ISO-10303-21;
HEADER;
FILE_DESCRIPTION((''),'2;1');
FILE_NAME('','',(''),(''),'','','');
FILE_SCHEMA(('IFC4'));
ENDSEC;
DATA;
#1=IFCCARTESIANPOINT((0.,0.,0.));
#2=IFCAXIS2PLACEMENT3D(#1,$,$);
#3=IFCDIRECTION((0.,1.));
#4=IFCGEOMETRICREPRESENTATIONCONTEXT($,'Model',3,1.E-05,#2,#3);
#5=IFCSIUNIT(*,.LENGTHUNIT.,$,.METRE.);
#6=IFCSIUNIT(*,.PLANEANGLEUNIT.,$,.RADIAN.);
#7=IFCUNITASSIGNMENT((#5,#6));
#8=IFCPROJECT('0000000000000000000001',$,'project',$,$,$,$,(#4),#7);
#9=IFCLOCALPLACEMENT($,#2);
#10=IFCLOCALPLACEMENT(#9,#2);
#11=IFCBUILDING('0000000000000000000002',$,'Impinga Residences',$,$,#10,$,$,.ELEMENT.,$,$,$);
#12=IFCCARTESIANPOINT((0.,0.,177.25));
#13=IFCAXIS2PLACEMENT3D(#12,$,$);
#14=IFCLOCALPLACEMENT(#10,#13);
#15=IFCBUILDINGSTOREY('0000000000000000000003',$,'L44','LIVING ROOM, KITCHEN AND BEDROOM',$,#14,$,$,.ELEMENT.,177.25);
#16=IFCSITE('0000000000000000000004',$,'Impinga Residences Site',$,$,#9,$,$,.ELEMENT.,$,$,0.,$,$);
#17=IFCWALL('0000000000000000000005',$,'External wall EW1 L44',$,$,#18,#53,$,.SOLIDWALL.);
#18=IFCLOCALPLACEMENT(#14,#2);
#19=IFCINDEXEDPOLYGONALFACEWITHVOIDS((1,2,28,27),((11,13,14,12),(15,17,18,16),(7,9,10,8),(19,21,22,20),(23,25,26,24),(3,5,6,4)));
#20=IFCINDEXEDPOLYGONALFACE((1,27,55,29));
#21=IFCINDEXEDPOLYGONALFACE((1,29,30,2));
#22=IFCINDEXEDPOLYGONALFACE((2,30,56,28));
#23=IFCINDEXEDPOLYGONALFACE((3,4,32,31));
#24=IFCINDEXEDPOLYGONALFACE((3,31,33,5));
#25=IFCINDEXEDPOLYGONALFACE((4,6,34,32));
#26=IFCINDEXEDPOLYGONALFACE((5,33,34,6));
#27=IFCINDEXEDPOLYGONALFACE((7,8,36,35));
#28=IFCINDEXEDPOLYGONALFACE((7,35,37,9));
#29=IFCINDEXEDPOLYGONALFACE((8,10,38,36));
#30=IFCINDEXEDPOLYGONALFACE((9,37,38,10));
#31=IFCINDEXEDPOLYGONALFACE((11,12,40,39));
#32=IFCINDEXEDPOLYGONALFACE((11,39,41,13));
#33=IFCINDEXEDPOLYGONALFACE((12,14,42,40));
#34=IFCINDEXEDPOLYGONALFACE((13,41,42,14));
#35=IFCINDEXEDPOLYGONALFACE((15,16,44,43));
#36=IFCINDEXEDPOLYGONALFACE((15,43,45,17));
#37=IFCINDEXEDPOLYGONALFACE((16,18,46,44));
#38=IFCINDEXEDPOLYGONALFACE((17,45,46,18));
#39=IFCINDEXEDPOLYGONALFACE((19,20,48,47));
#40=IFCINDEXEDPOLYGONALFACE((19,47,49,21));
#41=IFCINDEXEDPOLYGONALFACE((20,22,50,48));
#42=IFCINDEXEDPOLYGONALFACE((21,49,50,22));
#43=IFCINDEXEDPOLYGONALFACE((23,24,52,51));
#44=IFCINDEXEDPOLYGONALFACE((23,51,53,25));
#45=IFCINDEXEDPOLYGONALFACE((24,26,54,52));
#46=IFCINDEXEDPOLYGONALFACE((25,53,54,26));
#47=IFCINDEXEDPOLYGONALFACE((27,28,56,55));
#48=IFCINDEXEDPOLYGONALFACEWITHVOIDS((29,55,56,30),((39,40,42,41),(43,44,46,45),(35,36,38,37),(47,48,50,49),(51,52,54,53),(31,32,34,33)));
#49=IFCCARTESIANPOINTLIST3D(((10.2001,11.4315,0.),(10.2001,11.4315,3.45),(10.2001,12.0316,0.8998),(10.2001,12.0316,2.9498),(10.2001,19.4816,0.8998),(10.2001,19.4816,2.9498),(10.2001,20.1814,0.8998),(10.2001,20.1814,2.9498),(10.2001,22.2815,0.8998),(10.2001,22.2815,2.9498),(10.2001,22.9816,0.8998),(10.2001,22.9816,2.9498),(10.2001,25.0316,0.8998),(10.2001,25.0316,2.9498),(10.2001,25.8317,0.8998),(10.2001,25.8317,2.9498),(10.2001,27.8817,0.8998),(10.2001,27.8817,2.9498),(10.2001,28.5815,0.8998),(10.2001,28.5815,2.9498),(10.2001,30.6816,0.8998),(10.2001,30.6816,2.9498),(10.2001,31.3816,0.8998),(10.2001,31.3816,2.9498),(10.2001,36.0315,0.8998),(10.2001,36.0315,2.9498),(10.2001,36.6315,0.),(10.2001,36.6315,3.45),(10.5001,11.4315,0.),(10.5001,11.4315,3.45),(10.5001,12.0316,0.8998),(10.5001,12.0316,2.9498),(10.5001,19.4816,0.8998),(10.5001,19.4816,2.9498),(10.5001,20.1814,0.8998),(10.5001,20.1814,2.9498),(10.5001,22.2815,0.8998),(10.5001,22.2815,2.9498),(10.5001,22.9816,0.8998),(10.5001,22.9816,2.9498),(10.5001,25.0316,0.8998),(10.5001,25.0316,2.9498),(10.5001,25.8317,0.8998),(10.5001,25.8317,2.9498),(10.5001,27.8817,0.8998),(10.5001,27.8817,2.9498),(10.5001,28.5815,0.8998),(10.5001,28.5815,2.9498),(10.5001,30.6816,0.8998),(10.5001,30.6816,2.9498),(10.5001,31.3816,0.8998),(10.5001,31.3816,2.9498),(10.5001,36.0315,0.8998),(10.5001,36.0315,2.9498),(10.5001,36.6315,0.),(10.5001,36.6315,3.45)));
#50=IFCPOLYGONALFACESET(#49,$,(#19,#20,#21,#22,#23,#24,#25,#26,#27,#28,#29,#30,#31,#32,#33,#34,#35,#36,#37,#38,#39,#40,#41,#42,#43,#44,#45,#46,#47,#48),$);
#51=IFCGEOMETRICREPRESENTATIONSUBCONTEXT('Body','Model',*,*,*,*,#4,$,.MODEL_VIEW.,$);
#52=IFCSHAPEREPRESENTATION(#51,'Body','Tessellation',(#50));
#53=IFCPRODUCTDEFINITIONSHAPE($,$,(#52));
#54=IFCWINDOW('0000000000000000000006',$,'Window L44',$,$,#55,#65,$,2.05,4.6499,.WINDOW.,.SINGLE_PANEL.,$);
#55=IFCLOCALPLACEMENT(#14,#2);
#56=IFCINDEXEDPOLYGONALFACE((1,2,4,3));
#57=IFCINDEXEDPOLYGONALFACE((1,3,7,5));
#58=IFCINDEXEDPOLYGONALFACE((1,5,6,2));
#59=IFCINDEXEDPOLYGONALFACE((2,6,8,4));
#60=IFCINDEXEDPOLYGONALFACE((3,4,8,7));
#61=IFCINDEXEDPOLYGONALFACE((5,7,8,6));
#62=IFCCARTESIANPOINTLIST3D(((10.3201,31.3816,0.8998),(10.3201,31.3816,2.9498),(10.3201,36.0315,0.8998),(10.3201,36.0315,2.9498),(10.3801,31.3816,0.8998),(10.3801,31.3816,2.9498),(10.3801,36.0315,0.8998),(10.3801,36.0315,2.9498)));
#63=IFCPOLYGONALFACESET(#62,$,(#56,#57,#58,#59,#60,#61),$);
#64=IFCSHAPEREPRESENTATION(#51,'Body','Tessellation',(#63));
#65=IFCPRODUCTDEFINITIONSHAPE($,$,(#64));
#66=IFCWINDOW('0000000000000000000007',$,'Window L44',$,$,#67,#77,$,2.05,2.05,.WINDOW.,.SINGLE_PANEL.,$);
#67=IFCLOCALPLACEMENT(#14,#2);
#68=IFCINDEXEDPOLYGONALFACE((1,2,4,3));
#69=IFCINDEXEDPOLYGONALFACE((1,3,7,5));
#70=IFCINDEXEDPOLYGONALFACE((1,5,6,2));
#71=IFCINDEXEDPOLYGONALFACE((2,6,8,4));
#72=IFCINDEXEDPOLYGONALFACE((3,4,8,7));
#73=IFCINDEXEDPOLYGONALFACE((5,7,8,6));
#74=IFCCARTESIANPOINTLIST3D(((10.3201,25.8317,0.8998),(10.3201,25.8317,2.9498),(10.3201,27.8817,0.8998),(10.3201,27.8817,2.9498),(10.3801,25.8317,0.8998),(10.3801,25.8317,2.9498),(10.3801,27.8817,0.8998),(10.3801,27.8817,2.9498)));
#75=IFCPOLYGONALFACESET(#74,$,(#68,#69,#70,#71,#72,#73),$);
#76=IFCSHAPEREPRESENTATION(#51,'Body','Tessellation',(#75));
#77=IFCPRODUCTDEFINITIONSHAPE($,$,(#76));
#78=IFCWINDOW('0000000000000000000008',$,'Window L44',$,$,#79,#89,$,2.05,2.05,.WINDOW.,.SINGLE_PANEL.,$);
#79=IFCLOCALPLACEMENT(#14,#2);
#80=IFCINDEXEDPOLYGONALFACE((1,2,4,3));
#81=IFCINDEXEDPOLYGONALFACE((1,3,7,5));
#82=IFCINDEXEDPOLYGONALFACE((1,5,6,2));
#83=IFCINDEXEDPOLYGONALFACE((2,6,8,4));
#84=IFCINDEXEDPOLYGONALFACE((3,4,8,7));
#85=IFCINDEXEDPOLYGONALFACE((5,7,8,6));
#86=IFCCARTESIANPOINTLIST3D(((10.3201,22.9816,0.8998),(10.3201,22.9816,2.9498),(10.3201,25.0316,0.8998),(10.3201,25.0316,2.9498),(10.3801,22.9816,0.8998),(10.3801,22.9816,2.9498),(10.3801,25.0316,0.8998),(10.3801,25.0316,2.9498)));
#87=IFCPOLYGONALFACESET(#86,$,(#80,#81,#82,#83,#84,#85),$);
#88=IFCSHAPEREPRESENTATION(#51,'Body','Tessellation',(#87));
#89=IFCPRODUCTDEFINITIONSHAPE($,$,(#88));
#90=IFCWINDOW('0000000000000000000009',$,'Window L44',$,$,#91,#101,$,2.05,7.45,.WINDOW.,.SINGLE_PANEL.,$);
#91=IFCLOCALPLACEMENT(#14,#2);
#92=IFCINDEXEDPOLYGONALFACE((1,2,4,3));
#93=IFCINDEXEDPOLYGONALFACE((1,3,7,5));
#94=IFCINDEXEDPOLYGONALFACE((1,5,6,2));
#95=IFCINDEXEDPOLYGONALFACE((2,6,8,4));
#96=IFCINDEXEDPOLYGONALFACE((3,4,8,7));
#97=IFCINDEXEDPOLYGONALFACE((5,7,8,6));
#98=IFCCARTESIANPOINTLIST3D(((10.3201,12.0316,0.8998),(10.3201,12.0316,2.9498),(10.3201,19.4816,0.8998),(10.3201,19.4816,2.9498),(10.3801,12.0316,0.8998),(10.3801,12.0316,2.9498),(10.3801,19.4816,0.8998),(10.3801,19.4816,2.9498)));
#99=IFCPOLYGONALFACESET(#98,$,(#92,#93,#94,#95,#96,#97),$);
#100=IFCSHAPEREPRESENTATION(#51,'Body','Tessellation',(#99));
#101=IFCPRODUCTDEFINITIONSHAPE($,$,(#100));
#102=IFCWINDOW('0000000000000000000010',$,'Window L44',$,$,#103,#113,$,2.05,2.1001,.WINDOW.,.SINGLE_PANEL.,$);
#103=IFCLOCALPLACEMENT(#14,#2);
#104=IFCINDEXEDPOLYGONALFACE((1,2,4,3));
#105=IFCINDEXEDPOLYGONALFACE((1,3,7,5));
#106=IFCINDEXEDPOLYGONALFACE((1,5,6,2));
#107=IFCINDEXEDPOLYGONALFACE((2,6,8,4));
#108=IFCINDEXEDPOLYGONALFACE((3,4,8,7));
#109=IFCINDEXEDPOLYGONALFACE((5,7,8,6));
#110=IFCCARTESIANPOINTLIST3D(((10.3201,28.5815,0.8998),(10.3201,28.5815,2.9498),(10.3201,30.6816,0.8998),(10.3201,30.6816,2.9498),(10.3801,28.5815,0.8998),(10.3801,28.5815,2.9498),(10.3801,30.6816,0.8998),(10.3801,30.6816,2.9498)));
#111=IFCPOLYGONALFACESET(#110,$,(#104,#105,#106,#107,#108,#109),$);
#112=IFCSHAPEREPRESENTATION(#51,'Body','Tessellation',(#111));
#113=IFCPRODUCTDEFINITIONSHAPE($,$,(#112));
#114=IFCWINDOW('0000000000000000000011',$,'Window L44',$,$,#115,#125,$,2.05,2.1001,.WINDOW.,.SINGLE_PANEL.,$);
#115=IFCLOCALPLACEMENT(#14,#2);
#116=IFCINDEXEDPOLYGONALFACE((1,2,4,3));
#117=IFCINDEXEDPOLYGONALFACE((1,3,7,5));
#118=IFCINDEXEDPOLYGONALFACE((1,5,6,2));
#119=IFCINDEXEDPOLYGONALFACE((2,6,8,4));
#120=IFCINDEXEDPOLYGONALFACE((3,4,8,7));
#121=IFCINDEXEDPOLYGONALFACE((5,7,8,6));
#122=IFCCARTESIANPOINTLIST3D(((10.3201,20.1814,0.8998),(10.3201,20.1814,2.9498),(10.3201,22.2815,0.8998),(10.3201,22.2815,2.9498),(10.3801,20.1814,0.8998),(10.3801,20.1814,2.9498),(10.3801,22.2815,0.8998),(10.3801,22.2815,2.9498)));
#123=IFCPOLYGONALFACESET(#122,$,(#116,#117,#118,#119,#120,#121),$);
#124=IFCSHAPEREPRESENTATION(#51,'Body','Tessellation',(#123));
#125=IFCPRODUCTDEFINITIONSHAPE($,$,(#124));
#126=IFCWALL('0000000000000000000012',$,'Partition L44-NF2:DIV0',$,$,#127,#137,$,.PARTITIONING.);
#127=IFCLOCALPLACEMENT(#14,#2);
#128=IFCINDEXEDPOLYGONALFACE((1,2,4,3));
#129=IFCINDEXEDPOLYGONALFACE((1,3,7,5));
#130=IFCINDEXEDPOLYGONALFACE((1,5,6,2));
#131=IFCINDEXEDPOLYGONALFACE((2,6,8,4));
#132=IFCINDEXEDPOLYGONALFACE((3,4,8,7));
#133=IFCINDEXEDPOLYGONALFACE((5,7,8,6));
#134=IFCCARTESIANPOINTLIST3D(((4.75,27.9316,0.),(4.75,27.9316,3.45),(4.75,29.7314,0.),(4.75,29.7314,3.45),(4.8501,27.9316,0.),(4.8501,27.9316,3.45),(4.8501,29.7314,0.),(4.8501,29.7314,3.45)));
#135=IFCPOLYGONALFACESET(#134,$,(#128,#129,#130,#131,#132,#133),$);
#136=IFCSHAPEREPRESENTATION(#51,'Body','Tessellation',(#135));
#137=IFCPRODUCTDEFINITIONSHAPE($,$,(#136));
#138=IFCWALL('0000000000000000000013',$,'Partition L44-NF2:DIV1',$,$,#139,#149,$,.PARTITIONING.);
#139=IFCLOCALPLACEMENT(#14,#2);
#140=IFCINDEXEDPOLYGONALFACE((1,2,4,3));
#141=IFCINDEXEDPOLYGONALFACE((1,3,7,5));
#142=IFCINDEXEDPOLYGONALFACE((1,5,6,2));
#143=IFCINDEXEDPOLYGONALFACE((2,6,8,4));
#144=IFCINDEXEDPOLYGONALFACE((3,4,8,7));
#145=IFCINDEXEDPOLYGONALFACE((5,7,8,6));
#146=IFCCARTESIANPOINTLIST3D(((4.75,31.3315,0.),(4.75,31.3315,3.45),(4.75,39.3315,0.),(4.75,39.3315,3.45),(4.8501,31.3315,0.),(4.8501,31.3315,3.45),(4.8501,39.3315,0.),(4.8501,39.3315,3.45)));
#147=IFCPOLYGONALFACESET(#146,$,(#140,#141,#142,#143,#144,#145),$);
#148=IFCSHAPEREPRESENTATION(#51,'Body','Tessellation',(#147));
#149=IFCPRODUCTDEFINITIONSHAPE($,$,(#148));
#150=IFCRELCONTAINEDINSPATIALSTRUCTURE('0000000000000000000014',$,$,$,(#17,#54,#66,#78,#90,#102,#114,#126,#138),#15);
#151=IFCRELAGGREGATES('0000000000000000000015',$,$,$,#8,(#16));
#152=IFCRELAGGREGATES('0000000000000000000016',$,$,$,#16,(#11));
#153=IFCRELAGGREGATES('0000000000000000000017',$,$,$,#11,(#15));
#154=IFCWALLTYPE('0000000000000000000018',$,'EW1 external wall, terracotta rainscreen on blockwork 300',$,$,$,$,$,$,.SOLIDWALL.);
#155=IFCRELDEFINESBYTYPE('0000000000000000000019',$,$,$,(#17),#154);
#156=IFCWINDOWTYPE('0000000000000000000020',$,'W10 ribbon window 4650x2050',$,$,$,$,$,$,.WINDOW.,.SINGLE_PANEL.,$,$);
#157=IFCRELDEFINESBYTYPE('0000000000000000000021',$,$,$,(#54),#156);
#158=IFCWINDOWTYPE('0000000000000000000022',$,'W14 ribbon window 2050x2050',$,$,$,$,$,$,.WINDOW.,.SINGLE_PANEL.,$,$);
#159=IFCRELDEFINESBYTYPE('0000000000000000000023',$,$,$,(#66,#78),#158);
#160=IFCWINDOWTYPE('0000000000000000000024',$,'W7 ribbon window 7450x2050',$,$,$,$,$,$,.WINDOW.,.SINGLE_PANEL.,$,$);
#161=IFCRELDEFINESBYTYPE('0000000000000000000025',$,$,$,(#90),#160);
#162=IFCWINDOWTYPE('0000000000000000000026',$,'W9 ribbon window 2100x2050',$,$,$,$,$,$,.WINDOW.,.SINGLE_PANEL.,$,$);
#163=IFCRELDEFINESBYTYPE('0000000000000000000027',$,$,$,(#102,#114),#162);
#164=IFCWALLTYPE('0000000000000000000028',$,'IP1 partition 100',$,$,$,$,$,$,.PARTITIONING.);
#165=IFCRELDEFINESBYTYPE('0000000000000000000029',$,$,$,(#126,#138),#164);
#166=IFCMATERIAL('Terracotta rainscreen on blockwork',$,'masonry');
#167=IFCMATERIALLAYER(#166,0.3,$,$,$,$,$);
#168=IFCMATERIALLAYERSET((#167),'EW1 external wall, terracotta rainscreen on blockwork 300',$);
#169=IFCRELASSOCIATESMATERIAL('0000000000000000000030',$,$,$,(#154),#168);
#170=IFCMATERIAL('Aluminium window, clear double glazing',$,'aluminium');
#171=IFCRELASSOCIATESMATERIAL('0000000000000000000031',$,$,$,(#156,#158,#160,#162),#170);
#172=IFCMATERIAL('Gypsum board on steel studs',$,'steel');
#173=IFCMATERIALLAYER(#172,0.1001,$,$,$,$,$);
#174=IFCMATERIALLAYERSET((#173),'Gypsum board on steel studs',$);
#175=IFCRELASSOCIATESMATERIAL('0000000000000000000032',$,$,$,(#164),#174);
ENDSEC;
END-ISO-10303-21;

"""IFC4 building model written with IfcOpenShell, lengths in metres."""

from ifc_helpers import new_model, si_unit, direction, frame, frame_2d, origin, place, context, subcontext, project, spatial, rectangle, extrude, material, layer, layer_set, type_object, element, fill, save


model = new_model("IFC4")

# Units and contexts
model_context = context("Model", 3, precision=1e-05, world=origin(), true_north=direction((0.0, 1.0)))
body_context = subcontext(model_context, "Body", "Model", "MODEL_VIEW")
ifc_project = project(units=[si_unit("LENGTHUNIT", "METRE"), si_unit("PLANEANGLEUNIT", "RADIAN")], contexts=[model_context])

# Site, building, storey
site_placement = place(None, origin())
site = spatial("IfcSite", under=ifc_project, at=site_placement, Name="Impinga Residences Site", CompositionType="ELEMENT", RefElevation=0.0)
building_placement = place(site_placement, origin())
building = spatial("IfcBuilding", under=site, at=building_placement, Name="Impinga Residences", CompositionType="ELEMENT")
storey_placement = place(building_placement, frame((0.0, 0.0, 177.25)))
storey = spatial("IfcBuildingStorey", under=building, at=storey_placement, Name="L44", Description="LIVING ROOM, KITCHEN AND BEDROOM", CompositionType="ELEMENT", Elevation=177.25)

# Shared definitions
ifc_material_1 = material(Name="Terracotta rainscreen on blockwork", Category="masonry")
ifc_layer_1 = layer(ifc_material_1, 0.3)
ifc_layer_set_1 = layer_set([ifc_layer_1], Name="EW1 external wall, terracotta rainscreen on blockwork 300")
wall_type_1 = type_object("IfcWallType", Name="EW1 external wall, terracotta rainscreen on blockwork 300", PredefinedType="SOLIDWALL", material=ifc_layer_set_1)

# Wall, openings, windows
wall_1_placement = place(storey_placement, frame((10.3501, 36.6316, 0.0), z_axis=(0.0, 0.0, 1.0), x_axis=(0.0, -1.0, 0.0)))
wall_1 = element("IfcWall", 1, at=wall_1_placement, inside=storey, type_object=wall_type_1, Name="External wall EW1 L44", PredefinedType="SOLIDWALL", context=body_context, shape_type="SweptSolid", body=[
    extrude(rectangle(XDim=25.2, YDim=0.3, at=frame_2d((12.6001, 0.0))), origin(), (0.0, 0.0, 1.0), 3.45),
])
opening_1_placement = place(wall_1_placement, frame((0.6001, 0.0, 0.8999)))
opening_1 = element("IfcOpeningElement", 2, at=opening_1_placement, cuts=wall_1, PredefinedType="OPENING", context=body_context, shape_type="SweptSolid", body=[
    extrude(rectangle(XDim=4.6499, YDim=2.05, at=frame_2d((2.325, 1.0249))), frame((0.0, 0.1599, 0.0), z_axis=(0.0, -1.0, 0.0), x_axis=(1.0, 0.0, 0.0)), (0.0, 0.0, 1.0), 0.3201),
])
opening_2_placement = place(wall_1_placement, frame((5.95, 0.0, 0.8999)))
opening_2 = element("IfcOpeningElement", 3, at=opening_2_placement, cuts=wall_1, PredefinedType="OPENING", context=body_context, shape_type="SweptSolid", body=[
    extrude(rectangle(XDim=2.1001, YDim=2.05, at=frame_2d((1.05, 1.0249))), frame((0.0, 0.1599, 0.0), z_axis=(0.0, -1.0, 0.0), x_axis=(1.0, 0.0, 0.0)), (0.0, 0.0, 1.0), 0.3201),
])
opening_3_placement = place(wall_1_placement, frame((8.75, 0.0, 0.8999)))
opening_3 = element("IfcOpeningElement", 4, at=opening_3_placement, cuts=wall_1, PredefinedType="OPENING", context=body_context, shape_type="SweptSolid", body=[
    extrude(rectangle(XDim=2.05, YDim=2.05, at=frame_2d((1.0249, 1.0249))), frame((0.0, 0.1599, 0.0), z_axis=(0.0, -1.0, 0.0), x_axis=(1.0, 0.0, 0.0)), (0.0, 0.0, 1.0), 0.3201),
])
opening_4_placement = place(wall_1_placement, frame((11.6001, 0.0, 0.8999)))
opening_4 = element("IfcOpeningElement", 5, at=opening_4_placement, cuts=wall_1, PredefinedType="OPENING", context=body_context, shape_type="SweptSolid", body=[
    extrude(rectangle(XDim=2.05, YDim=2.05, at=frame_2d((1.0249, 1.0249))), frame((0.0, 0.1599, 0.0), z_axis=(0.0, -1.0, 0.0), x_axis=(1.0, 0.0, 0.0)), (0.0, 0.0, 1.0), 0.3201),
])
opening_5_placement = place(wall_1_placement, frame((14.3501, 0.0, 0.8999)))
opening_5 = element("IfcOpeningElement", 6, at=opening_5_placement, cuts=wall_1, PredefinedType="OPENING", context=body_context, shape_type="SweptSolid", body=[
    extrude(rectangle(XDim=2.1001, YDim=2.05, at=frame_2d((1.05, 1.0249))), frame((0.0, 0.1599, 0.0), z_axis=(0.0, -1.0, 0.0), x_axis=(1.0, 0.0, 0.0)), (0.0, 0.0, 1.0), 0.3201),
])
opening_6_placement = place(wall_1_placement, frame((17.1499, 0.0, 0.8999)))
opening_6 = element("IfcOpeningElement", 7, at=opening_6_placement, cuts=wall_1, PredefinedType="OPENING", context=body_context, shape_type="SweptSolid", body=[
    extrude(rectangle(XDim=7.45, YDim=2.05, at=frame_2d((3.7251, 1.0249))), frame((0.0, 0.1599, 0.0), z_axis=(0.0, -1.0, 0.0), x_axis=(1.0, 0.0, 0.0)), (0.0, 0.0, 1.0), 0.3201),
])
ifc_material_2 = material(Name="Aluminium window, clear double glazing", Category="aluminium")
window_type_1 = type_object("IfcWindowType", Name="W10 ribbon window 4650x2050", PartitioningType="SINGLE_PANEL", PredefinedType="WINDOW", material=ifc_material_2)
window_1_placement = place(opening_1_placement, origin())
window_1 = element("IfcWindow", 8, at=window_1_placement, inside=storey, type_object=window_type_1, Name="Window L44", OverallHeight=2.05, OverallWidth=4.6499, PartitioningType="SINGLE_PANEL", PredefinedType="WINDOW", context=body_context, shape_type="SweptSolid", body=[
    extrude(rectangle(XDim=4.6499, YDim=2.05, at=frame_2d((2.325, 1.0249))), frame((0.0, 0.03, 0.0), z_axis=(0.0, -1.0, 0.0), x_axis=(1.0, 0.0, 0.0)), (0.0, 0.0, 1.0), 0.0601),
])
fill(opening_1, window_1)
window_type_2 = type_object("IfcWindowType", Name="W14 ribbon window 2050x2050", PartitioningType="SINGLE_PANEL", PredefinedType="WINDOW", material=ifc_material_2)
window_2_placement = place(opening_3_placement, origin())
window_2 = element("IfcWindow", 9, at=window_2_placement, inside=storey, type_object=window_type_2, Name="Window L44", OverallHeight=2.05, OverallWidth=2.05, PartitioningType="SINGLE_PANEL", PredefinedType="WINDOW", context=body_context, shape_type="SweptSolid", body=[
    extrude(rectangle(XDim=2.05, YDim=2.05, at=frame_2d((1.0249, 1.0249))), frame((0.0, 0.03, 0.0), z_axis=(0.0, -1.0, 0.0), x_axis=(1.0, 0.0, 0.0)), (0.0, 0.0, 1.0), 0.0601),
])
fill(opening_3, window_2)
window_3_placement = place(opening_4_placement, origin())
window_3 = element("IfcWindow", 10, at=window_3_placement, inside=storey, type_object=window_type_2, Name="Window L44", OverallHeight=2.05, OverallWidth=2.05, PartitioningType="SINGLE_PANEL", PredefinedType="WINDOW", context=body_context, shape_type="SweptSolid", body=[
    extrude(rectangle(XDim=2.05, YDim=2.05, at=frame_2d((1.0249, 1.0249))), frame((0.0, 0.03, 0.0), z_axis=(0.0, -1.0, 0.0), x_axis=(1.0, 0.0, 0.0)), (0.0, 0.0, 1.0), 0.0601),
])
fill(opening_4, window_3)
window_type_3 = type_object("IfcWindowType", Name="W7 ribbon window 7450x2050", PartitioningType="SINGLE_PANEL", PredefinedType="WINDOW", material=ifc_material_2)
window_4_placement = place(opening_6_placement, origin())
window_4 = element("IfcWindow", 11, at=window_4_placement, inside=storey, type_object=window_type_3, Name="Window L44", OverallHeight=2.05, OverallWidth=7.45, PartitioningType="SINGLE_PANEL", PredefinedType="WINDOW", context=body_context, shape_type="SweptSolid", body=[
    extrude(rectangle(XDim=7.45, YDim=2.05, at=frame_2d((3.7251, 1.0249))), frame((0.0, 0.03, 0.0), z_axis=(0.0, -1.0, 0.0), x_axis=(1.0, 0.0, 0.0)), (0.0, 0.0, 1.0), 0.0601),
])
fill(opening_6, window_4)
window_type_4 = type_object("IfcWindowType", Name="W9 ribbon window 2100x2050", PartitioningType="SINGLE_PANEL", PredefinedType="WINDOW", material=ifc_material_2)
window_5_placement = place(opening_2_placement, origin())
window_5 = element("IfcWindow", 12, at=window_5_placement, inside=storey, type_object=window_type_4, Name="Window L44", OverallHeight=2.05, OverallWidth=2.1001, PartitioningType="SINGLE_PANEL", PredefinedType="WINDOW", context=body_context, shape_type="SweptSolid", body=[
    extrude(rectangle(XDim=2.1001, YDim=2.05, at=frame_2d((1.05, 1.0249))), frame((0.0, 0.03, 0.0), z_axis=(0.0, -1.0, 0.0), x_axis=(1.0, 0.0, 0.0)), (0.0, 0.0, 1.0), 0.0601),
])
fill(opening_2, window_5)
window_6_placement = place(opening_5_placement, origin())
window_6 = element("IfcWindow", 13, at=window_6_placement, inside=storey, type_object=window_type_4, Name="Window L44", OverallHeight=2.05, OverallWidth=2.1001, PartitioningType="SINGLE_PANEL", PredefinedType="WINDOW", context=body_context, shape_type="SweptSolid", body=[
    extrude(rectangle(XDim=2.1001, YDim=2.05, at=frame_2d((1.05, 1.0249))), frame((0.0, 0.03, 0.0), z_axis=(0.0, -1.0, 0.0), x_axis=(1.0, 0.0, 0.0)), (0.0, 0.0, 1.0), 0.0601),
])
fill(opening_5, window_6)

# Walls
ifc_material_3 = material(Name="Gypsum board on steel studs", Category="steel")
ifc_layer_2 = layer(ifc_material_3, 0.1001)
ifc_layer_set_2 = layer_set([ifc_layer_2], Name="Gypsum board on steel studs")
wall_type_2 = type_object("IfcWallType", Name="IP1 partition 100", PredefinedType="PARTITIONING", material=ifc_layer_set_2)
wall_2_placement = place(storey_placement, frame((4.8, 27.9316, 0.0), z_axis=(0.0, 0.0, 1.0), x_axis=(0.0, 1.0, 0.0)))
element("IfcWall", 14, at=wall_2_placement, inside=storey, type_object=wall_type_2, Name="Partition L44-NF2:DIV0", PredefinedType="PARTITIONING", context=body_context, shape_type="SweptSolid", body=[
    extrude(rectangle(XDim=1.7998, YDim=0.1001, at=frame_2d((0.8999, 0.0))), origin(), (0.0, 0.0, 1.0), 3.45),
])
wall_3_placement = place(storey_placement, frame((4.8, 31.3315, 0.0), z_axis=(0.0, 0.0, 1.0), x_axis=(0.0, 1.0, 0.0)))
element("IfcWall", 15, at=wall_3_placement, inside=storey, type_object=wall_type_2, Name="Partition L44-NF2:DIV1", PredefinedType="PARTITIONING", context=body_context, shape_type="SweptSolid", body=[
    extrude(rectangle(XDim=8.0, YDim=0.1001, at=frame_2d((4.0, 0.0))), origin(), (0.0, 0.0, 1.0), 3.45),
])

save(model, "model.ifc")
